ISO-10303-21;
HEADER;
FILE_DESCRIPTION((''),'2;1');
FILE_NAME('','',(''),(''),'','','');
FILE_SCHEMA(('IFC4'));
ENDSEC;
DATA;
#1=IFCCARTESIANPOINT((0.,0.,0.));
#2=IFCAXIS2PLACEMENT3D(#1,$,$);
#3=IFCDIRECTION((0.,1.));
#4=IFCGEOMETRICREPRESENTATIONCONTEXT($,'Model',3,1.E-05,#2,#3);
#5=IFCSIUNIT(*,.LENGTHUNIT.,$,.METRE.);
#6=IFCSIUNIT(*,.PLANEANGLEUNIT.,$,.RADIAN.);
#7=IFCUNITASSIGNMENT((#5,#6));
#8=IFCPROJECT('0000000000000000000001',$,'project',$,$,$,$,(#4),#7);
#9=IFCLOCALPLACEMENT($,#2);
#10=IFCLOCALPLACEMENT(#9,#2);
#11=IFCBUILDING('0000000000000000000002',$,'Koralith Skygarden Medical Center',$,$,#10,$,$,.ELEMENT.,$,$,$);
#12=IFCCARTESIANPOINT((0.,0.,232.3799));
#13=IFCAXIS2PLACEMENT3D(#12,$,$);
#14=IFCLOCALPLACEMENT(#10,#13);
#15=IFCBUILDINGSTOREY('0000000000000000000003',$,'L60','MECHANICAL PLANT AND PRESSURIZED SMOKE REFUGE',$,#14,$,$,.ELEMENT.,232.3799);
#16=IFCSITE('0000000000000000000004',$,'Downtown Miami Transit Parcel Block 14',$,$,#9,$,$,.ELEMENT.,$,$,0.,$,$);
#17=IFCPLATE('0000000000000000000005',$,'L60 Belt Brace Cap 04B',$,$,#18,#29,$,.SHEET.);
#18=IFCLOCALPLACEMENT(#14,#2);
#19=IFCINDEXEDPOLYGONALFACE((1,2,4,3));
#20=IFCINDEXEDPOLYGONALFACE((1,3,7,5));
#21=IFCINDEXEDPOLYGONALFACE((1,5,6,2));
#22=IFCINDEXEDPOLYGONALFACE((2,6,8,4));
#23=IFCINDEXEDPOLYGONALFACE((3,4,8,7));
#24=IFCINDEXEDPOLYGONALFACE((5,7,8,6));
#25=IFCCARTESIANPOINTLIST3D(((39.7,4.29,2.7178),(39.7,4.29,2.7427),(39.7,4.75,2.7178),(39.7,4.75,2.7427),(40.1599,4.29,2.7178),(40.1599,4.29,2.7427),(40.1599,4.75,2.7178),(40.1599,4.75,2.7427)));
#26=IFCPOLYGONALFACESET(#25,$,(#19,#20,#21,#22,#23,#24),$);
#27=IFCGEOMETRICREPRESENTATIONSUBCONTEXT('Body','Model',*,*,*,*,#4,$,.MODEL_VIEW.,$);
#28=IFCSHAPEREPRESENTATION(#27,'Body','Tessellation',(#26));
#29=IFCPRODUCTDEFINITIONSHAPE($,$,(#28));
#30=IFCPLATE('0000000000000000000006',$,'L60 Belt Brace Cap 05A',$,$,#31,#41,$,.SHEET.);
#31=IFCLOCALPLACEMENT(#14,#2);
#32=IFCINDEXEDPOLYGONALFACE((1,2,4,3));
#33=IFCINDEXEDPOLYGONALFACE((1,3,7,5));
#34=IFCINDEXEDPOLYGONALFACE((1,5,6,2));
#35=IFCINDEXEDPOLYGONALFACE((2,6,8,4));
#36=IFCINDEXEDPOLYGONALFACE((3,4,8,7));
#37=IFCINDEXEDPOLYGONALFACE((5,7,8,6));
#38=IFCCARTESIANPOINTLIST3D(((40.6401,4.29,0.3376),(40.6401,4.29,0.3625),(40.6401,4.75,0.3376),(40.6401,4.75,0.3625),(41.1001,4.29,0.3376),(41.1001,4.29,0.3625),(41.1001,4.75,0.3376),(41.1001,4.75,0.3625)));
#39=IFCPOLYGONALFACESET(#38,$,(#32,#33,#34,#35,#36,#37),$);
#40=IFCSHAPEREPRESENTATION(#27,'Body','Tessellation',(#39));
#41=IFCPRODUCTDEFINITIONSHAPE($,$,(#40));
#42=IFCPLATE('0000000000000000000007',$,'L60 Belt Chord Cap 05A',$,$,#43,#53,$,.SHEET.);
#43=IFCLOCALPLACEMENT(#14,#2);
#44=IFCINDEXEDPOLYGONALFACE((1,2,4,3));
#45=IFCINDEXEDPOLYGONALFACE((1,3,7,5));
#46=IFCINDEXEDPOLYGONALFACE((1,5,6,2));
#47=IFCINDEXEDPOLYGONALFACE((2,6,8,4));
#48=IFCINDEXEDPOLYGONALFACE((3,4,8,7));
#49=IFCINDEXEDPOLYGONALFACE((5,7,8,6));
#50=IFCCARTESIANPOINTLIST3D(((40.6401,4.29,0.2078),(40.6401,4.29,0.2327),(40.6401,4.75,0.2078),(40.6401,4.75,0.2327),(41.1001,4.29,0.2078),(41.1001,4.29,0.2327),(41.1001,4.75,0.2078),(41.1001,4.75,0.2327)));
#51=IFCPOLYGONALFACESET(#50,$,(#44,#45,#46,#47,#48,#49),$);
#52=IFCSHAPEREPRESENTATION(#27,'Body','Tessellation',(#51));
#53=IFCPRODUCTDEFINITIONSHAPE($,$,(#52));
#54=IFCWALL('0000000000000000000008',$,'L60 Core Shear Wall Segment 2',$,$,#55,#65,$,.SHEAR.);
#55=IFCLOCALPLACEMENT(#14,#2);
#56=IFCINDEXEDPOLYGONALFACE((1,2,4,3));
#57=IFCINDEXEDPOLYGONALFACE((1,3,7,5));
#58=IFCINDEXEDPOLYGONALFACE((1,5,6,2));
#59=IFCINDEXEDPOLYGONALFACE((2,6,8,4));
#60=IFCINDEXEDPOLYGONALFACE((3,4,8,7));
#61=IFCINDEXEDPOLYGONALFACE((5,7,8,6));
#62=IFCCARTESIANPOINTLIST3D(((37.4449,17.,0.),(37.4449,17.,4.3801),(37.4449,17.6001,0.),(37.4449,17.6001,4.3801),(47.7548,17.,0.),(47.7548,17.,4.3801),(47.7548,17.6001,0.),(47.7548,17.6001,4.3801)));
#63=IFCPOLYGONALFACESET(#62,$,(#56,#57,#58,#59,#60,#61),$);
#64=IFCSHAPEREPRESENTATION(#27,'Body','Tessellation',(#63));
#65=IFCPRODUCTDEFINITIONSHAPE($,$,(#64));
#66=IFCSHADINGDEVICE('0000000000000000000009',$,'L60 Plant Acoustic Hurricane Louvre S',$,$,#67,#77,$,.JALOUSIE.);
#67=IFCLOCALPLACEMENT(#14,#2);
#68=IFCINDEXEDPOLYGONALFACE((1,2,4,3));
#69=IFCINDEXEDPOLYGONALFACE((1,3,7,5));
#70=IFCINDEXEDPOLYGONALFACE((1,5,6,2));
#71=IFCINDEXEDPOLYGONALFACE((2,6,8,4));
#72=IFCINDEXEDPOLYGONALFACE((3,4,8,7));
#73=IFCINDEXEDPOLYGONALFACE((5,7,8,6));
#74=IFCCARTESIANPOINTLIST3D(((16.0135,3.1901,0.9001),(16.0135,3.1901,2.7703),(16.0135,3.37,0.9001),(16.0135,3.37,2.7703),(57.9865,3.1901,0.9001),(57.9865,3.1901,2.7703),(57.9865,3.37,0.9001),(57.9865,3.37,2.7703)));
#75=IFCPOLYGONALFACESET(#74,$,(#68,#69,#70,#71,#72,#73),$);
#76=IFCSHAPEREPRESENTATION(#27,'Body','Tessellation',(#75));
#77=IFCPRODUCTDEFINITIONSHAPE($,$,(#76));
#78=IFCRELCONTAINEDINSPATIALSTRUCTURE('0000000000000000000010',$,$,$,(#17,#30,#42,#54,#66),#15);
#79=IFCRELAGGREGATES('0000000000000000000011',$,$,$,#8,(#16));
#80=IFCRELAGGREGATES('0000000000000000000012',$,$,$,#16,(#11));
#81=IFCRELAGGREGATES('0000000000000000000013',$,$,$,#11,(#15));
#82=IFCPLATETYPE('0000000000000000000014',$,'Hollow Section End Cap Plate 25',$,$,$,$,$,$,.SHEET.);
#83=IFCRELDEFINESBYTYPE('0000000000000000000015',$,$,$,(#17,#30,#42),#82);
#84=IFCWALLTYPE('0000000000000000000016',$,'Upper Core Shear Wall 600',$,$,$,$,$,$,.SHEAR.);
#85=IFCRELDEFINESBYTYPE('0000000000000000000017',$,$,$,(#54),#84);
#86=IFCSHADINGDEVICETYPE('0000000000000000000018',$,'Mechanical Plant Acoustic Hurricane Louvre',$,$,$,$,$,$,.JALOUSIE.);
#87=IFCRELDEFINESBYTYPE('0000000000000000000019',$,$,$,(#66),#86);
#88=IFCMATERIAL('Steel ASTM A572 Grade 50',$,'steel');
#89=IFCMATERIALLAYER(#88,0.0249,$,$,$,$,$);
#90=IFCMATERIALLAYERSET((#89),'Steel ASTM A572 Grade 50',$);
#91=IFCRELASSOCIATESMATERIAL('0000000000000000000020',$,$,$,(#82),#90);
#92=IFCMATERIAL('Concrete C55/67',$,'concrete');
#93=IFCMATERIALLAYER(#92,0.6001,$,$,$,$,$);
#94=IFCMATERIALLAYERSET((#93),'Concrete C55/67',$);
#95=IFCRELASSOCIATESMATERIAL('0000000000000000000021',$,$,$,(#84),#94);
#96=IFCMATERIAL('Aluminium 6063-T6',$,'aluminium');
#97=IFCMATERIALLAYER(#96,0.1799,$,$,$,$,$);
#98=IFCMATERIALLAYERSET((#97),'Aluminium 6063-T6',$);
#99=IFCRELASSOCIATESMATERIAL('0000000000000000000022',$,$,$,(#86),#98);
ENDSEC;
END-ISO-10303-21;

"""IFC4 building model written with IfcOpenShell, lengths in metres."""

from ifc_helpers import new_model, si_unit, direction, frame, frame_2d, origin, origin_2d, place, context, subcontext, project, spatial, rectangle, extrude, material, layer, layer_set, type_object, element, save


model = new_model("IFC4")

# Units and contexts
model_context = context("Model", 3, precision=1e-05, world=origin(), true_north=direction((0.0, 1.0)))
body_context = subcontext(model_context, "Body", "Model", "MODEL_VIEW")
ifc_project = project(units=[si_unit("LENGTHUNIT", "METRE"), si_unit("PLANEANGLEUNIT", "RADIAN")], contexts=[model_context])

# Site, building, storey
site_placement = place(None, origin())
site = spatial("IfcSite", under=ifc_project, at=site_placement, Name="Downtown Miami Transit Parcel Block 14", CompositionType="ELEMENT", RefElevation=0.0)
building_placement = place(site_placement, origin())
building = spatial("IfcBuilding", under=site, at=building_placement, Name="Koralith Skygarden Medical Center", CompositionType="ELEMENT")
storey_placement = place(building_placement, frame((0.0, 0.0, 232.3799)))
storey = spatial("IfcBuildingStorey", under=building, at=storey_placement, Name="L60", Description="MECHANICAL PLANT AND PRESSURIZED SMOKE REFUGE", CompositionType="ELEMENT", Elevation=232.3799)

# Shared definitions
ifc_material_1 = material(Name="Concrete C55/67", Category="concrete")

# Plates
ifc_material_2 = material(Name="Steel ASTM A572 Grade 50", Category="steel")
ifc_layer_1 = layer(ifc_material_2, 0.0249)
ifc_layer_set_1 = layer_set([ifc_layer_1], Name="Steel ASTM A572 Grade 50")
plate_type = type_object("IfcPlateType", Name="Hollow Section End Cap Plate 25", PredefinedType="SHEET", material=ifc_layer_set_1)
for number, where, z_axis, x_axis, name in (
    (1, (39.9299, 4.52, 2.7178), (0.0, 0.0, 1.0), (1.0, 0.0, 0.0), "L60 Belt Brace Cap 04B"),
    (2, (40.8701, 4.52, 0.3376), (0.0, 0.0, 1.0), (1.0, 0.0, 0.0), "L60 Belt Brace Cap 05A"),
    (3, (40.8701, 4.52, 0.2078), (0.0, 0.0, 1.0), (1.0, 0.0, 0.0), "L60 Belt Chord Cap 05A"),
):
    element("IfcPlate", number, at=place(storey_placement, frame(where, z_axis=z_axis, x_axis=x_axis)), inside=storey, type_object=plate_type, Name=name, PredefinedType="SHEET", context=body_context, shape_type="SweptSolid", body=[
        extrude(rectangle(XDim=0.46, YDim=0.46, at=origin_2d()), origin(), (0.0, 0.0, 1.0), 0.0249),
    ])

# Wall
ifc_layer_2 = layer(ifc_material_1, 0.6001)
ifc_layer_set_2 = layer_set([ifc_layer_2], Name="Concrete C55/67")
wall_type = type_object("IfcWallType", Name="Upper Core Shear Wall 600", PredefinedType="SHEAR", material=ifc_layer_set_2)
wall_placement = place(storey_placement, frame((37.4451, 17.3, 0.0), z_axis=(0.0, 0.0, 1.0), x_axis=(1.0, 0.0, 0.0)))
element("IfcWall", 4, at=wall_placement, inside=storey, type_object=wall_type, Name="L60 Core Shear Wall Segment 2", PredefinedType="SHEAR", context=body_context, shape_type="SweptSolid", body=[
    extrude(rectangle(XDim=10.3098, YDim=0.6001, at=frame_2d((5.1548, 0.0))), origin(), (0.0, 0.0, 1.0), 4.3801),
])

# Shading device
ifc_material_3 = material(Name="Aluminium 6063-T6", Category="aluminium")
ifc_layer_3 = layer(ifc_material_3, 0.1799)
ifc_layer_set_3 = layer_set([ifc_layer_3], Name="Aluminium 6063-T6")
shading_device_type = type_object("IfcShadingDeviceType", Name="Mechanical Plant Acoustic Hurricane Louvre", PredefinedType="JALOUSIE", material=ifc_layer_set_3)
shading_device_placement = place(storey_placement, frame((37.0, 3.28, 0.9001), z_axis=(0.0, 0.0, 1.0), x_axis=(1.0, 0.0, 0.0)))
element("IfcShadingDevice", 5, at=shading_device_placement, inside=storey, type_object=shading_device_type, Name="L60 Plant Acoustic Hurricane Louvre S", PredefinedType="JALOUSIE", context=body_context, shape_type="SweptSolid", body=[
    extrude(rectangle(XDim=41.9729, YDim=0.1799, at=origin_2d()), origin(), (0.0, 0.0, 1.0), 1.8701),
])

save(model, "model.ifc")
